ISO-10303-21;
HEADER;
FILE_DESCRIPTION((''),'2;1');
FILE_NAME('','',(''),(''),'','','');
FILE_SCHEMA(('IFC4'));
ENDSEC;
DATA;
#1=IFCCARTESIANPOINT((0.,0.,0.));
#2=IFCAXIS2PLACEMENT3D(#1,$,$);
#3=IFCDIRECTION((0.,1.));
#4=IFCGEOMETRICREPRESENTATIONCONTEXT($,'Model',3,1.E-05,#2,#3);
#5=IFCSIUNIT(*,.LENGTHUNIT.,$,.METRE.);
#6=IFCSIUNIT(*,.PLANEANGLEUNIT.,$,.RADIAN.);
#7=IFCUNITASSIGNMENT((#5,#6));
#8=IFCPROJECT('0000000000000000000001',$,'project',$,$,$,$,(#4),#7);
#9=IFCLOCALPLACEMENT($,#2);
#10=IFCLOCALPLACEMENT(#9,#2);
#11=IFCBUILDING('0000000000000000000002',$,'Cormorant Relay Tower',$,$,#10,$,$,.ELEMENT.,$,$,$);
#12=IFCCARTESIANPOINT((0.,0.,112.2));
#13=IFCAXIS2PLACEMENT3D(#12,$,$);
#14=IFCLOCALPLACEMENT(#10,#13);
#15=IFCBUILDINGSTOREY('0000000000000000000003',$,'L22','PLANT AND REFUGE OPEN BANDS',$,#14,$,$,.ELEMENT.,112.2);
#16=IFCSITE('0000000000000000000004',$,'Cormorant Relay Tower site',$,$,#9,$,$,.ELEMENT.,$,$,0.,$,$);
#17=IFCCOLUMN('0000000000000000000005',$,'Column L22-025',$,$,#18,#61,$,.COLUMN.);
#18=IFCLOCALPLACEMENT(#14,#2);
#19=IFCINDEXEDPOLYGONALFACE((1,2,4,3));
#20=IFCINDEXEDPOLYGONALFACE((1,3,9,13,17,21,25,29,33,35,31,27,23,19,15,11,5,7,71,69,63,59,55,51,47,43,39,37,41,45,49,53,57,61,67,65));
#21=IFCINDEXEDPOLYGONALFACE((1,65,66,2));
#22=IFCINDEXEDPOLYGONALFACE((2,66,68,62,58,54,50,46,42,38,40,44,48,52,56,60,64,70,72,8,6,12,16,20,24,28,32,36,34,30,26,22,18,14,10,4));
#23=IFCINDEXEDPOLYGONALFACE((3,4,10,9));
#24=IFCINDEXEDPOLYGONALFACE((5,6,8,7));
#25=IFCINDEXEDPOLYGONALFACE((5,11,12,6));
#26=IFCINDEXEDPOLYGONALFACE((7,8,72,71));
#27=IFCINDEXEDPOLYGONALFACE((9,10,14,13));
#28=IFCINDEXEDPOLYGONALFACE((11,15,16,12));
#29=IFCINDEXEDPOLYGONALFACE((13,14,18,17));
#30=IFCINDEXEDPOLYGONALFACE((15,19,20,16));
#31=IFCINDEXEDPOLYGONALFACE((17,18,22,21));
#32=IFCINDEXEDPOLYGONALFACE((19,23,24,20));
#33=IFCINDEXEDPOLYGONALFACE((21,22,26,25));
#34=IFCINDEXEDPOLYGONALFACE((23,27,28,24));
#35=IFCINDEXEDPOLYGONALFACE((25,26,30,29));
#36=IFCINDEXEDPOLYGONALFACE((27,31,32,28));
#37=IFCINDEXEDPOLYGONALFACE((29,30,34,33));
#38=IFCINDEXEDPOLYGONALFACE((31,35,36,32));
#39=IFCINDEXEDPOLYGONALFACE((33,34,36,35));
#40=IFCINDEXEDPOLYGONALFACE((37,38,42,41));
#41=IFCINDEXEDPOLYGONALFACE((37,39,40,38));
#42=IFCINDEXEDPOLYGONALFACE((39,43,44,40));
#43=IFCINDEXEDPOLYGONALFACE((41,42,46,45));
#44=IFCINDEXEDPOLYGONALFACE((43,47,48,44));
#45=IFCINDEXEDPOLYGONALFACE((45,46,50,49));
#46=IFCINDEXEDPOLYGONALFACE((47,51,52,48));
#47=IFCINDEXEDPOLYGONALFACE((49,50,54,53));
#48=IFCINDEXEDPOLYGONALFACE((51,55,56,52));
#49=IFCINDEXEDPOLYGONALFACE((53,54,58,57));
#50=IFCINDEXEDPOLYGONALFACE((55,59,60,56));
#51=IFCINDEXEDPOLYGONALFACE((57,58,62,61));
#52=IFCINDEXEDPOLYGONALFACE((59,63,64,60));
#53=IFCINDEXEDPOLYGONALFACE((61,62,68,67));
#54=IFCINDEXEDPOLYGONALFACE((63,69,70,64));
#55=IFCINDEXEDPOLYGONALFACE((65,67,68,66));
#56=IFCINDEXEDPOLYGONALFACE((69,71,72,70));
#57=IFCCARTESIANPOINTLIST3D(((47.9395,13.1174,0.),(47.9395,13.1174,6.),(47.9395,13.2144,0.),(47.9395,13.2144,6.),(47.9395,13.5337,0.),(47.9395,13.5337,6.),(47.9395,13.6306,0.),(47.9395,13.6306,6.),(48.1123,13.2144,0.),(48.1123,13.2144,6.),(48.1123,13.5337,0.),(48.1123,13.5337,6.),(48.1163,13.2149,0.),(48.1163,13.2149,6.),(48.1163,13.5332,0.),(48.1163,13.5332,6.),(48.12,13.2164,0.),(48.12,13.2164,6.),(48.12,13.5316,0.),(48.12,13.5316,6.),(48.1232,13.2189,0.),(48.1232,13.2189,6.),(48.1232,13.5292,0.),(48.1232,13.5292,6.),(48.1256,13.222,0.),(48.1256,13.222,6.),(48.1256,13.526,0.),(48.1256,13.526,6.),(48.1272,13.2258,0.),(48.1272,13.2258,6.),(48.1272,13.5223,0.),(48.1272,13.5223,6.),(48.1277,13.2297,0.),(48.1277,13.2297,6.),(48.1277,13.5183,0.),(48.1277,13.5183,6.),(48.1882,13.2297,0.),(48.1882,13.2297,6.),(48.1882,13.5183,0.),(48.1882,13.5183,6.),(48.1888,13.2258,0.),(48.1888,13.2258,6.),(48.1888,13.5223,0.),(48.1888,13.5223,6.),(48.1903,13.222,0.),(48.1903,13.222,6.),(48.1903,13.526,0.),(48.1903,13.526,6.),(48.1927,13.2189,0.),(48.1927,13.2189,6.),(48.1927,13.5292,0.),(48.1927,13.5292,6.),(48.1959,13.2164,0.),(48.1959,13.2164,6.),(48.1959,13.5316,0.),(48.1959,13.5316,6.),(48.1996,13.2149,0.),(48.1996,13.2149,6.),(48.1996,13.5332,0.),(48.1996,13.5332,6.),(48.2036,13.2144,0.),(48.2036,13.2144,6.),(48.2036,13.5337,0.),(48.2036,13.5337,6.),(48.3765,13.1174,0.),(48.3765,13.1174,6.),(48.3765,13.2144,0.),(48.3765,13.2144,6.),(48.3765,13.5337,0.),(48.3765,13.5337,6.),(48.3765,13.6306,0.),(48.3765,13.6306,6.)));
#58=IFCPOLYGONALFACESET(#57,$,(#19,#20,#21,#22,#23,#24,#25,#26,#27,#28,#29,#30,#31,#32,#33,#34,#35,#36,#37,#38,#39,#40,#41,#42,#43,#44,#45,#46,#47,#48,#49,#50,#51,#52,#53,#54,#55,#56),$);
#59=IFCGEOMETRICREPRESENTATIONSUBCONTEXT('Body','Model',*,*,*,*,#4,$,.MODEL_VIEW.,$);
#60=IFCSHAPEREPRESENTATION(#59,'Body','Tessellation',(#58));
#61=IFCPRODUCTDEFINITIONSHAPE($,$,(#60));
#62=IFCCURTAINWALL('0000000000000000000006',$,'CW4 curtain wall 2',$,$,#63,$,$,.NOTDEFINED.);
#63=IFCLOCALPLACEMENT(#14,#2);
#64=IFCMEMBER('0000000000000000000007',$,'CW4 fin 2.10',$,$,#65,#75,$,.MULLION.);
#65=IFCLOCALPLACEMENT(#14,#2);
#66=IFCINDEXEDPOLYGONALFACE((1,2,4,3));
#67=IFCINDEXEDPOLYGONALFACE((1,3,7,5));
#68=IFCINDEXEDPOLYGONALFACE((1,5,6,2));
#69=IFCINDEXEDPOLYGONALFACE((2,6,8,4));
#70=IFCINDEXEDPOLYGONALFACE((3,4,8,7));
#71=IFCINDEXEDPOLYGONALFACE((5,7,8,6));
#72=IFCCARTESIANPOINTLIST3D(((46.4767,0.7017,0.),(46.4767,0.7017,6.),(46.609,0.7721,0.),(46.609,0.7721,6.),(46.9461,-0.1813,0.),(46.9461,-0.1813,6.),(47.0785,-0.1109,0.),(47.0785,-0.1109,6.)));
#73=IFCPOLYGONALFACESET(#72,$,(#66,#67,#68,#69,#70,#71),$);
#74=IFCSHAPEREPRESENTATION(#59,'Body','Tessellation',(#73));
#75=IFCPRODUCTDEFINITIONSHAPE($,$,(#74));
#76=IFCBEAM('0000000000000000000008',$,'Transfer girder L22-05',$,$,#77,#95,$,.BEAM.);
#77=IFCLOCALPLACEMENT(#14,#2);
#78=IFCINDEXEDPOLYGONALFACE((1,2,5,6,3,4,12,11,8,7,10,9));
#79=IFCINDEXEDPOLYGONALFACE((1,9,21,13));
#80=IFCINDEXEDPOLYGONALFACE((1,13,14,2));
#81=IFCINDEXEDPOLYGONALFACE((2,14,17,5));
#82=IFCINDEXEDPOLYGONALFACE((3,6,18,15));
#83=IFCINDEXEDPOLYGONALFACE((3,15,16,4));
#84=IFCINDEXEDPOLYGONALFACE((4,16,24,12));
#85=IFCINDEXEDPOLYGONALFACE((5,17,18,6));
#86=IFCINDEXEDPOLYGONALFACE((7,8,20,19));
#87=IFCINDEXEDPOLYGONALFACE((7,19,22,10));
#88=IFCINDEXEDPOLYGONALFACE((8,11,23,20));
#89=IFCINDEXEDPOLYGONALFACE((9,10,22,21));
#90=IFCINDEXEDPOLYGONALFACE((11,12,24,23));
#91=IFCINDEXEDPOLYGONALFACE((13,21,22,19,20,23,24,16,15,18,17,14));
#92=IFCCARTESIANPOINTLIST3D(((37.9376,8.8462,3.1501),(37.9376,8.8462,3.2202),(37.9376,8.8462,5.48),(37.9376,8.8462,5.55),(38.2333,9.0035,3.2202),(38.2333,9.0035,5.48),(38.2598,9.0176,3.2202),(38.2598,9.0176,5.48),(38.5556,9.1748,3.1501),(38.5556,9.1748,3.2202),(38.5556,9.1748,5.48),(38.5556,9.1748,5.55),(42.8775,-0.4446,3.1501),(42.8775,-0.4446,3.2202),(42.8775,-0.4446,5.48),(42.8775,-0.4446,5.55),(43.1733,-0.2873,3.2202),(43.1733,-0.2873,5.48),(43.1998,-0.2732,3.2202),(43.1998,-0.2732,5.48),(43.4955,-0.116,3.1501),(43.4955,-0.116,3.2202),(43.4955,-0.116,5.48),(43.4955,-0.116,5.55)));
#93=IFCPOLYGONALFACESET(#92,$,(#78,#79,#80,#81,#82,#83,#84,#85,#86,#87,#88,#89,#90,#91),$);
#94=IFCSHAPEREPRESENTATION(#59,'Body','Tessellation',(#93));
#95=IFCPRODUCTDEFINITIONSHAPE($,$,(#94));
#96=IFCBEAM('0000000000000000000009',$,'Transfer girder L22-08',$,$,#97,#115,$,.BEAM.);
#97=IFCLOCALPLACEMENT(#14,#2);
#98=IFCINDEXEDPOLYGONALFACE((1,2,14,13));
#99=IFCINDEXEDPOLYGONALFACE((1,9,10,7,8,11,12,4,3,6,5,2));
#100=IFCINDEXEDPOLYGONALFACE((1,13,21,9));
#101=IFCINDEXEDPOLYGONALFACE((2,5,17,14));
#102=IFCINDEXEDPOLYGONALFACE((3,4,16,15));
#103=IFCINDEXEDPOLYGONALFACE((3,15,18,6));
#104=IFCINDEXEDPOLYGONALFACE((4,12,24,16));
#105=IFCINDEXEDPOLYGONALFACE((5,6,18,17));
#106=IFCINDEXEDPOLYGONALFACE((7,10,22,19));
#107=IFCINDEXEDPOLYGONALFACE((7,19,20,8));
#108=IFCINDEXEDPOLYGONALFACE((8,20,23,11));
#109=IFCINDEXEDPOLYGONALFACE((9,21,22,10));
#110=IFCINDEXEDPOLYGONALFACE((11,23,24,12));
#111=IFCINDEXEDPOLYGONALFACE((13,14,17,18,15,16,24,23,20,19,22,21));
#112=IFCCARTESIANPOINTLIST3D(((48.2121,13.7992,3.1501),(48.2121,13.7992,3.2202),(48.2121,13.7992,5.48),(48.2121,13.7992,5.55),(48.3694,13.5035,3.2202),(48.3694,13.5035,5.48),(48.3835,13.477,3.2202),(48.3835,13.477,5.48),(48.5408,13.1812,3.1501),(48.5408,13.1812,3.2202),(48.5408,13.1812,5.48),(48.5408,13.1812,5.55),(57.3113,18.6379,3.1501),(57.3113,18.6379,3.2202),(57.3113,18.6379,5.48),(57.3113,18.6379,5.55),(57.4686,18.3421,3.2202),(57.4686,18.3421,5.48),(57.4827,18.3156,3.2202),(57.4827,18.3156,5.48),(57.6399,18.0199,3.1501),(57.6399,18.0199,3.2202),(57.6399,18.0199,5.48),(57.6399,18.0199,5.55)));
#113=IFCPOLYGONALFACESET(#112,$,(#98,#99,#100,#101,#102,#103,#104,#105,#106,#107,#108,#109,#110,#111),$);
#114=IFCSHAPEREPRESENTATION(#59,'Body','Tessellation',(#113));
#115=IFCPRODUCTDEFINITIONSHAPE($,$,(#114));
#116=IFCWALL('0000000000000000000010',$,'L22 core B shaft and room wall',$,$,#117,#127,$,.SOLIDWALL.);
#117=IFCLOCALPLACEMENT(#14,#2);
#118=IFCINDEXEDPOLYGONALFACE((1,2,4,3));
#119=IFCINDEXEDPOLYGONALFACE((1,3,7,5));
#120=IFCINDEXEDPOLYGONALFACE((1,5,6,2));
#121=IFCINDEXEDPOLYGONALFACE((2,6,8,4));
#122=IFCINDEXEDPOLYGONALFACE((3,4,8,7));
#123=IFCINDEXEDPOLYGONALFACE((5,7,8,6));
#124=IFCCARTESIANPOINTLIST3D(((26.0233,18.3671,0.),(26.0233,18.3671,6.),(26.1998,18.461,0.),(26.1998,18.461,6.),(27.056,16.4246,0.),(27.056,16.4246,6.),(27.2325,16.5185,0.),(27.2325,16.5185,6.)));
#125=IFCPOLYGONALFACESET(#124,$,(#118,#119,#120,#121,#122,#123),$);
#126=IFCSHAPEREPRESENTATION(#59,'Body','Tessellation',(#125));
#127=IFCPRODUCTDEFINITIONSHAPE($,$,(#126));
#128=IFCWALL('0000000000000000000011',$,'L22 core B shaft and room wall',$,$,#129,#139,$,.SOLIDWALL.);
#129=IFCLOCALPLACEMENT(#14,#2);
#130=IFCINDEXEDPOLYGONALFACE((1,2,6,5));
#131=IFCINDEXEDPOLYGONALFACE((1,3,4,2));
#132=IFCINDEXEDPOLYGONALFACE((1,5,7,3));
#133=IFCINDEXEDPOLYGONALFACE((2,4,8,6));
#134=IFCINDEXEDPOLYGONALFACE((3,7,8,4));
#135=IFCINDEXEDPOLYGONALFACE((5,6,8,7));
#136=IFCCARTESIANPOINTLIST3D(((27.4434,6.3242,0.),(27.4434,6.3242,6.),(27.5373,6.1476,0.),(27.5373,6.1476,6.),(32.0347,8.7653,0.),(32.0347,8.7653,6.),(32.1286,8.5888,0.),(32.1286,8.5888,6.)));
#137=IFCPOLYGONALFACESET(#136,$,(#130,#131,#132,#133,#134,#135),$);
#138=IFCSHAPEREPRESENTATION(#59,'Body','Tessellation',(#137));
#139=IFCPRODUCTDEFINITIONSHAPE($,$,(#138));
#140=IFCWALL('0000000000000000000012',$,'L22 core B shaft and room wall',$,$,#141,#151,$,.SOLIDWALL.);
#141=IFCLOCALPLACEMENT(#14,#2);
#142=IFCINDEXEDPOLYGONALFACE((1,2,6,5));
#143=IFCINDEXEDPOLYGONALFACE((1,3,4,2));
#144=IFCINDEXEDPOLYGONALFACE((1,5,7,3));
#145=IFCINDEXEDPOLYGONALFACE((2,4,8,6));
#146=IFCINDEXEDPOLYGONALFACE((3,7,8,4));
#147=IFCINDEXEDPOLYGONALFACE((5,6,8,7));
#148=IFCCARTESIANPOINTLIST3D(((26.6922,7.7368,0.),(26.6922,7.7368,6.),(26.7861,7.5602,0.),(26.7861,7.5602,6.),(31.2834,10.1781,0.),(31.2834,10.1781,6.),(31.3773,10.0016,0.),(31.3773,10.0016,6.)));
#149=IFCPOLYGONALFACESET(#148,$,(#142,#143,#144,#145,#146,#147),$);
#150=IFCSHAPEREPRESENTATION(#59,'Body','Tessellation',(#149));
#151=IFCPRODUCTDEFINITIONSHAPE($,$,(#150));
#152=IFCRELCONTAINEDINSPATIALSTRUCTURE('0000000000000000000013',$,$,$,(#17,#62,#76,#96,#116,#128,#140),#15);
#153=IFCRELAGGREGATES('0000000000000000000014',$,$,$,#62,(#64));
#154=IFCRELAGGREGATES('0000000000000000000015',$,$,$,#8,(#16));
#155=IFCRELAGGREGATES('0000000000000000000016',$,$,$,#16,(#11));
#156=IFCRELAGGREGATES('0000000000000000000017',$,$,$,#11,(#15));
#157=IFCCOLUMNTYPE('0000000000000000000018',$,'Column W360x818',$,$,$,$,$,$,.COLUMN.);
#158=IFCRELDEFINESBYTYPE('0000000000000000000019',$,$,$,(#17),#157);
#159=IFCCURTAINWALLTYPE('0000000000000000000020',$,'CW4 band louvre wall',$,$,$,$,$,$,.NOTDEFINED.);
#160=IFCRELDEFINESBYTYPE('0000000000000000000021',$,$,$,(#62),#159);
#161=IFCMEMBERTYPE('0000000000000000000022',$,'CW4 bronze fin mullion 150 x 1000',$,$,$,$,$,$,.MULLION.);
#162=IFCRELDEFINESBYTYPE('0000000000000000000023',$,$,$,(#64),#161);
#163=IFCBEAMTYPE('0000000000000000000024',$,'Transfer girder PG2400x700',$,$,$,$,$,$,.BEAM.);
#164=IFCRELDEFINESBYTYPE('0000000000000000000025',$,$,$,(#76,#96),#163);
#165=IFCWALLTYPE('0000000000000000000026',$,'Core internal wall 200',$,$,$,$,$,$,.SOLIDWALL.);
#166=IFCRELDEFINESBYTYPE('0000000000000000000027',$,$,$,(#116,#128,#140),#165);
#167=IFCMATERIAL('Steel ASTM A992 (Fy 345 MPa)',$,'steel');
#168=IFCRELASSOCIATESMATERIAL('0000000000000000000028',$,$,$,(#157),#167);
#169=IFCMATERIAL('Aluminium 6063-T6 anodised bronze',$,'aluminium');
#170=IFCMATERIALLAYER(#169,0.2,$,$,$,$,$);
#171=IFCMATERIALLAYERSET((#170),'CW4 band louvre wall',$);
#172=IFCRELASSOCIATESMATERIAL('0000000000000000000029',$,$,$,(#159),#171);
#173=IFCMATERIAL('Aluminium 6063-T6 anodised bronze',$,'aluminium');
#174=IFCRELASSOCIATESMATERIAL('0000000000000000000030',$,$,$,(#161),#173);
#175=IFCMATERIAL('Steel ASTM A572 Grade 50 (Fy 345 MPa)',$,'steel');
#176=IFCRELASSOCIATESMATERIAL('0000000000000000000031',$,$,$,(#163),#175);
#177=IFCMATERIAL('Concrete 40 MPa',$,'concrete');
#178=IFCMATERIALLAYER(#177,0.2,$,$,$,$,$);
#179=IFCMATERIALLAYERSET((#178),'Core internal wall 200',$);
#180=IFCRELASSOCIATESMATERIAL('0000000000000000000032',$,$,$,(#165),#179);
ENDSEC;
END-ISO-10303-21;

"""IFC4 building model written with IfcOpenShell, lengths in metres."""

from ifc_helpers import new_model, si_unit, direction, frame, frame_2d, origin, origin_2d, place, context, subcontext, project, spatial, rectangle, i_section, extrude, material, layer, layer_set, material_profile, profile_set, type_object, element, aggregate, save


model = new_model("IFC4")

# Units and contexts
model_context = context("Model", 3, precision=1e-05, world=origin(), true_north=direction((0.0, 1.0)))
body_context = subcontext(model_context, "Body", "Model", "MODEL_VIEW")
ifc_project = project(units=[si_unit("LENGTHUNIT", "METRE"), si_unit("PLANEANGLEUNIT", "RADIAN")], contexts=[model_context])

# Site, building, storey
site_placement = place(None, origin())
site = spatial("IfcSite", under=ifc_project, at=site_placement, Name="Cormorant Relay Tower site", CompositionType="ELEMENT", RefElevation=0.0)
building_placement = place(site_placement, origin())
building = spatial("IfcBuilding", under=site, at=building_placement, Name="Cormorant Relay Tower", CompositionType="ELEMENT")
storey_placement = place(building_placement, frame((0.0, 0.0, 112.2)))
storey = spatial("IfcBuildingStorey", under=building, at=storey_placement, Name="L22", Description="PLANT AND REFUGE OPEN BANDS", CompositionType="ELEMENT", Elevation=112.2)

# Column
ifc_material_1 = material(Name="Steel ASTM A992 (Fy 345 MPa)", Category="steel")
ifc_material_profile_1 = material_profile(ifc_material_1, i_section(OverallWidth=0.437, OverallDepth=0.5132, WebThickness=0.0605, FlangeThickness=0.0969, FilletRadius=0.0154, at=origin_2d()), Name="W360x818")
ifc_profile_set_1 = profile_set([ifc_material_profile_1], Name="Steel ASTM A992 (Fy 345 MPa)")
column_type = type_object("IfcColumnType", Name="Column W360x818", PredefinedType="COLUMN", material=ifc_profile_set_1)
column_placement = place(storey_placement, frame((48.158, 13.374, 0.0), z_axis=(0.0, 0.0, 1.0), x_axis=(1.0, 0.0, 0.0)))
element("IfcColumn", 1, at=column_placement, inside=storey, type_object=column_type, Name="Column L22-025", PredefinedType="COLUMN", context=body_context, shape_type="SweptSolid", body=[
    extrude(i_section(OverallWidth=0.437, OverallDepth=0.5132, WebThickness=0.0605, FlangeThickness=0.0969, FilletRadius=0.0154, at=origin_2d()), origin(), (0.0, 0.0, 1.0), 6.0),
])

# Curtain wall, member
ifc_material_2 = material(Name="Aluminium 6063-T6 anodised bronze", Category="aluminium")
ifc_layer_1 = layer(ifc_material_2, 0.2)
ifc_layer_set_1 = layer_set([ifc_layer_1], Name="CW4 band louvre wall")
curtain_wall_type = type_object("IfcCurtainWallType", Name="CW4 band louvre wall", PredefinedType="NOTDEFINED", material=ifc_layer_set_1)
curtain_wall_placement = place(storey_placement, origin())
curtain_wall = element("IfcCurtainWall", 2, at=curtain_wall_placement, inside=storey, type_object=curtain_wall_type, Name="CW4 curtain wall 2", PredefinedType="NOTDEFINED")
ifc_material_3 = material(Name="Aluminium 6063-T6 anodised bronze", Category="aluminium")
ifc_material_profile_2 = material_profile(ifc_material_3, rectangle(XDim=0.1499, YDim=1.0, at=origin_2d()), Name="AL 150x1000")
ifc_profile_set_2 = profile_set([ifc_material_profile_2], Name="Aluminium 6063-T6 anodised bronze")
member_type = type_object("IfcMemberType", Name="CW4 bronze fin mullion 150 x 1000", PredefinedType="MULLION", material=ifc_profile_set_2)
member_placement = place(storey_placement, frame((46.7776, 0.2954, 0.0), z_axis=(0.0, 0.0, 1.0), x_axis=(0.882948, 0.469472, 0.0)))
member = element("IfcMember", 3, at=member_placement, type_object=member_type, Name="CW4 fin 2.10", PredefinedType="MULLION", context=body_context, shape_type="SweptSolid", body=[
    extrude(rectangle(XDim=0.1499, YDim=1.0, at=origin_2d()), origin(), (0.0, 0.0, 1.0), 6.0),
])

# Beams
ifc_material_4 = material(Name="Steel ASTM A572 Grade 50 (Fy 345 MPa)", Category="steel")
ifc_material_profile_3 = material_profile(ifc_material_4, i_section(OverallWidth=0.7, OverallDepth=2.3999, WebThickness=0.03, FlangeThickness=0.0701, at=origin_2d()), Name="PG2400x700")
ifc_profile_set_3 = profile_set([ifc_material_profile_3], Name="Steel ASTM A572 Grade 50 (Fy 345 MPa)")
beam_type = type_object("IfcBeamType", Name="Transfer girder PG2400x700", PredefinedType="BEAM", material=ifc_profile_set_3)
beam_1_placement = place(storey_placement, frame((43.1865, -0.2803, 4.3501), z_axis=(-0.469468, 0.88295, 0.0), x_axis=(-0.88295, -0.469468, 0.0)))
element("IfcBeam", 4, at=beam_1_placement, inside=storey, type_object=beam_type, Name="Transfer girder L22-05", PredefinedType="BEAM", context=body_context, shape_type="SweptSolid", body=[
    extrude(i_section(OverallWidth=0.7, OverallDepth=2.3999, WebThickness=0.03, FlangeThickness=0.0701, at=origin_2d()), origin(), (0.0, 0.0, 1.0), 10.5225),
])
beam_2_placement = place(storey_placement, frame((48.3765, 13.4902, 4.3501), z_axis=(0.882926, 0.469512, 0.0), x_axis=(-0.469512, 0.882926, 0.0)))
element("IfcBeam", 5, at=beam_2_placement, inside=storey, type_object=beam_type, Name="Transfer girder L22-08", PredefinedType="BEAM", context=body_context, shape_type="SweptSolid", body=[
    extrude(i_section(OverallWidth=0.7, OverallDepth=2.3999, WebThickness=0.03, FlangeThickness=0.0701, at=origin_2d()), origin(), (0.0, 0.0, 1.0), 10.3057),
])

# Walls
ifc_material_5 = material(Name="Concrete 40 MPa", Category="concrete")
ifc_layer_2 = layer(ifc_material_5, 0.2)
ifc_layer_set_2 = layer_set([ifc_layer_2], Name="Core internal wall 200")
wall_type_1 = type_object("IfcWallType", Name="Core internal wall 200", PredefinedType="SOLIDWALL", material=ifc_layer_set_2)
wall_1_placement = place(storey_placement, frame((27.1443, 16.4714, 0.0), z_axis=(0.0, 0.0, 1.0), x_axis=(-0.469401, 0.882985, 0.0)))
element("IfcWall", 6, at=wall_1_placement, inside=storey, type_object=wall_type_1, Name="L22 core B shaft and room wall", PredefinedType="SOLIDWALL", context=body_context, shape_type="SweptSolid", body=[
    extrude(rectangle(XDim=2.2, YDim=0.2, at=frame_2d((1.1001, 0.0))), origin(), (0.0, 0.0, 1.0), 6.0),
])
for number, where, z_axis, x_axis, name in (
    (7, (27.4902, 6.2358, 0.0), (0.0, 0.0, 1.0), (0.882954, 0.46946, 0.0), "L22 core B shaft and room wall"),
    (8, (26.739, 7.6484, 0.0), (0.0, 0.0, 1.0), (0.882935, 0.469496, 0.0), "L22 core B shaft and room wall"),
):
    element("IfcWall", number, at=place(storey_placement, frame(where, z_axis=z_axis, x_axis=x_axis)), inside=storey, type_object=wall_type_1, Name=name, PredefinedType="SOLIDWALL", context=body_context, shape_type="SweptSolid", body=[
        extrude(rectangle(XDim=5.2, YDim=0.2, at=frame_2d((2.6001, 0.0))), origin(), (0.0, 0.0, 1.0), 6.0),
    ])

aggregate(curtain_wall, [member])

save(model, "model.ifc")
